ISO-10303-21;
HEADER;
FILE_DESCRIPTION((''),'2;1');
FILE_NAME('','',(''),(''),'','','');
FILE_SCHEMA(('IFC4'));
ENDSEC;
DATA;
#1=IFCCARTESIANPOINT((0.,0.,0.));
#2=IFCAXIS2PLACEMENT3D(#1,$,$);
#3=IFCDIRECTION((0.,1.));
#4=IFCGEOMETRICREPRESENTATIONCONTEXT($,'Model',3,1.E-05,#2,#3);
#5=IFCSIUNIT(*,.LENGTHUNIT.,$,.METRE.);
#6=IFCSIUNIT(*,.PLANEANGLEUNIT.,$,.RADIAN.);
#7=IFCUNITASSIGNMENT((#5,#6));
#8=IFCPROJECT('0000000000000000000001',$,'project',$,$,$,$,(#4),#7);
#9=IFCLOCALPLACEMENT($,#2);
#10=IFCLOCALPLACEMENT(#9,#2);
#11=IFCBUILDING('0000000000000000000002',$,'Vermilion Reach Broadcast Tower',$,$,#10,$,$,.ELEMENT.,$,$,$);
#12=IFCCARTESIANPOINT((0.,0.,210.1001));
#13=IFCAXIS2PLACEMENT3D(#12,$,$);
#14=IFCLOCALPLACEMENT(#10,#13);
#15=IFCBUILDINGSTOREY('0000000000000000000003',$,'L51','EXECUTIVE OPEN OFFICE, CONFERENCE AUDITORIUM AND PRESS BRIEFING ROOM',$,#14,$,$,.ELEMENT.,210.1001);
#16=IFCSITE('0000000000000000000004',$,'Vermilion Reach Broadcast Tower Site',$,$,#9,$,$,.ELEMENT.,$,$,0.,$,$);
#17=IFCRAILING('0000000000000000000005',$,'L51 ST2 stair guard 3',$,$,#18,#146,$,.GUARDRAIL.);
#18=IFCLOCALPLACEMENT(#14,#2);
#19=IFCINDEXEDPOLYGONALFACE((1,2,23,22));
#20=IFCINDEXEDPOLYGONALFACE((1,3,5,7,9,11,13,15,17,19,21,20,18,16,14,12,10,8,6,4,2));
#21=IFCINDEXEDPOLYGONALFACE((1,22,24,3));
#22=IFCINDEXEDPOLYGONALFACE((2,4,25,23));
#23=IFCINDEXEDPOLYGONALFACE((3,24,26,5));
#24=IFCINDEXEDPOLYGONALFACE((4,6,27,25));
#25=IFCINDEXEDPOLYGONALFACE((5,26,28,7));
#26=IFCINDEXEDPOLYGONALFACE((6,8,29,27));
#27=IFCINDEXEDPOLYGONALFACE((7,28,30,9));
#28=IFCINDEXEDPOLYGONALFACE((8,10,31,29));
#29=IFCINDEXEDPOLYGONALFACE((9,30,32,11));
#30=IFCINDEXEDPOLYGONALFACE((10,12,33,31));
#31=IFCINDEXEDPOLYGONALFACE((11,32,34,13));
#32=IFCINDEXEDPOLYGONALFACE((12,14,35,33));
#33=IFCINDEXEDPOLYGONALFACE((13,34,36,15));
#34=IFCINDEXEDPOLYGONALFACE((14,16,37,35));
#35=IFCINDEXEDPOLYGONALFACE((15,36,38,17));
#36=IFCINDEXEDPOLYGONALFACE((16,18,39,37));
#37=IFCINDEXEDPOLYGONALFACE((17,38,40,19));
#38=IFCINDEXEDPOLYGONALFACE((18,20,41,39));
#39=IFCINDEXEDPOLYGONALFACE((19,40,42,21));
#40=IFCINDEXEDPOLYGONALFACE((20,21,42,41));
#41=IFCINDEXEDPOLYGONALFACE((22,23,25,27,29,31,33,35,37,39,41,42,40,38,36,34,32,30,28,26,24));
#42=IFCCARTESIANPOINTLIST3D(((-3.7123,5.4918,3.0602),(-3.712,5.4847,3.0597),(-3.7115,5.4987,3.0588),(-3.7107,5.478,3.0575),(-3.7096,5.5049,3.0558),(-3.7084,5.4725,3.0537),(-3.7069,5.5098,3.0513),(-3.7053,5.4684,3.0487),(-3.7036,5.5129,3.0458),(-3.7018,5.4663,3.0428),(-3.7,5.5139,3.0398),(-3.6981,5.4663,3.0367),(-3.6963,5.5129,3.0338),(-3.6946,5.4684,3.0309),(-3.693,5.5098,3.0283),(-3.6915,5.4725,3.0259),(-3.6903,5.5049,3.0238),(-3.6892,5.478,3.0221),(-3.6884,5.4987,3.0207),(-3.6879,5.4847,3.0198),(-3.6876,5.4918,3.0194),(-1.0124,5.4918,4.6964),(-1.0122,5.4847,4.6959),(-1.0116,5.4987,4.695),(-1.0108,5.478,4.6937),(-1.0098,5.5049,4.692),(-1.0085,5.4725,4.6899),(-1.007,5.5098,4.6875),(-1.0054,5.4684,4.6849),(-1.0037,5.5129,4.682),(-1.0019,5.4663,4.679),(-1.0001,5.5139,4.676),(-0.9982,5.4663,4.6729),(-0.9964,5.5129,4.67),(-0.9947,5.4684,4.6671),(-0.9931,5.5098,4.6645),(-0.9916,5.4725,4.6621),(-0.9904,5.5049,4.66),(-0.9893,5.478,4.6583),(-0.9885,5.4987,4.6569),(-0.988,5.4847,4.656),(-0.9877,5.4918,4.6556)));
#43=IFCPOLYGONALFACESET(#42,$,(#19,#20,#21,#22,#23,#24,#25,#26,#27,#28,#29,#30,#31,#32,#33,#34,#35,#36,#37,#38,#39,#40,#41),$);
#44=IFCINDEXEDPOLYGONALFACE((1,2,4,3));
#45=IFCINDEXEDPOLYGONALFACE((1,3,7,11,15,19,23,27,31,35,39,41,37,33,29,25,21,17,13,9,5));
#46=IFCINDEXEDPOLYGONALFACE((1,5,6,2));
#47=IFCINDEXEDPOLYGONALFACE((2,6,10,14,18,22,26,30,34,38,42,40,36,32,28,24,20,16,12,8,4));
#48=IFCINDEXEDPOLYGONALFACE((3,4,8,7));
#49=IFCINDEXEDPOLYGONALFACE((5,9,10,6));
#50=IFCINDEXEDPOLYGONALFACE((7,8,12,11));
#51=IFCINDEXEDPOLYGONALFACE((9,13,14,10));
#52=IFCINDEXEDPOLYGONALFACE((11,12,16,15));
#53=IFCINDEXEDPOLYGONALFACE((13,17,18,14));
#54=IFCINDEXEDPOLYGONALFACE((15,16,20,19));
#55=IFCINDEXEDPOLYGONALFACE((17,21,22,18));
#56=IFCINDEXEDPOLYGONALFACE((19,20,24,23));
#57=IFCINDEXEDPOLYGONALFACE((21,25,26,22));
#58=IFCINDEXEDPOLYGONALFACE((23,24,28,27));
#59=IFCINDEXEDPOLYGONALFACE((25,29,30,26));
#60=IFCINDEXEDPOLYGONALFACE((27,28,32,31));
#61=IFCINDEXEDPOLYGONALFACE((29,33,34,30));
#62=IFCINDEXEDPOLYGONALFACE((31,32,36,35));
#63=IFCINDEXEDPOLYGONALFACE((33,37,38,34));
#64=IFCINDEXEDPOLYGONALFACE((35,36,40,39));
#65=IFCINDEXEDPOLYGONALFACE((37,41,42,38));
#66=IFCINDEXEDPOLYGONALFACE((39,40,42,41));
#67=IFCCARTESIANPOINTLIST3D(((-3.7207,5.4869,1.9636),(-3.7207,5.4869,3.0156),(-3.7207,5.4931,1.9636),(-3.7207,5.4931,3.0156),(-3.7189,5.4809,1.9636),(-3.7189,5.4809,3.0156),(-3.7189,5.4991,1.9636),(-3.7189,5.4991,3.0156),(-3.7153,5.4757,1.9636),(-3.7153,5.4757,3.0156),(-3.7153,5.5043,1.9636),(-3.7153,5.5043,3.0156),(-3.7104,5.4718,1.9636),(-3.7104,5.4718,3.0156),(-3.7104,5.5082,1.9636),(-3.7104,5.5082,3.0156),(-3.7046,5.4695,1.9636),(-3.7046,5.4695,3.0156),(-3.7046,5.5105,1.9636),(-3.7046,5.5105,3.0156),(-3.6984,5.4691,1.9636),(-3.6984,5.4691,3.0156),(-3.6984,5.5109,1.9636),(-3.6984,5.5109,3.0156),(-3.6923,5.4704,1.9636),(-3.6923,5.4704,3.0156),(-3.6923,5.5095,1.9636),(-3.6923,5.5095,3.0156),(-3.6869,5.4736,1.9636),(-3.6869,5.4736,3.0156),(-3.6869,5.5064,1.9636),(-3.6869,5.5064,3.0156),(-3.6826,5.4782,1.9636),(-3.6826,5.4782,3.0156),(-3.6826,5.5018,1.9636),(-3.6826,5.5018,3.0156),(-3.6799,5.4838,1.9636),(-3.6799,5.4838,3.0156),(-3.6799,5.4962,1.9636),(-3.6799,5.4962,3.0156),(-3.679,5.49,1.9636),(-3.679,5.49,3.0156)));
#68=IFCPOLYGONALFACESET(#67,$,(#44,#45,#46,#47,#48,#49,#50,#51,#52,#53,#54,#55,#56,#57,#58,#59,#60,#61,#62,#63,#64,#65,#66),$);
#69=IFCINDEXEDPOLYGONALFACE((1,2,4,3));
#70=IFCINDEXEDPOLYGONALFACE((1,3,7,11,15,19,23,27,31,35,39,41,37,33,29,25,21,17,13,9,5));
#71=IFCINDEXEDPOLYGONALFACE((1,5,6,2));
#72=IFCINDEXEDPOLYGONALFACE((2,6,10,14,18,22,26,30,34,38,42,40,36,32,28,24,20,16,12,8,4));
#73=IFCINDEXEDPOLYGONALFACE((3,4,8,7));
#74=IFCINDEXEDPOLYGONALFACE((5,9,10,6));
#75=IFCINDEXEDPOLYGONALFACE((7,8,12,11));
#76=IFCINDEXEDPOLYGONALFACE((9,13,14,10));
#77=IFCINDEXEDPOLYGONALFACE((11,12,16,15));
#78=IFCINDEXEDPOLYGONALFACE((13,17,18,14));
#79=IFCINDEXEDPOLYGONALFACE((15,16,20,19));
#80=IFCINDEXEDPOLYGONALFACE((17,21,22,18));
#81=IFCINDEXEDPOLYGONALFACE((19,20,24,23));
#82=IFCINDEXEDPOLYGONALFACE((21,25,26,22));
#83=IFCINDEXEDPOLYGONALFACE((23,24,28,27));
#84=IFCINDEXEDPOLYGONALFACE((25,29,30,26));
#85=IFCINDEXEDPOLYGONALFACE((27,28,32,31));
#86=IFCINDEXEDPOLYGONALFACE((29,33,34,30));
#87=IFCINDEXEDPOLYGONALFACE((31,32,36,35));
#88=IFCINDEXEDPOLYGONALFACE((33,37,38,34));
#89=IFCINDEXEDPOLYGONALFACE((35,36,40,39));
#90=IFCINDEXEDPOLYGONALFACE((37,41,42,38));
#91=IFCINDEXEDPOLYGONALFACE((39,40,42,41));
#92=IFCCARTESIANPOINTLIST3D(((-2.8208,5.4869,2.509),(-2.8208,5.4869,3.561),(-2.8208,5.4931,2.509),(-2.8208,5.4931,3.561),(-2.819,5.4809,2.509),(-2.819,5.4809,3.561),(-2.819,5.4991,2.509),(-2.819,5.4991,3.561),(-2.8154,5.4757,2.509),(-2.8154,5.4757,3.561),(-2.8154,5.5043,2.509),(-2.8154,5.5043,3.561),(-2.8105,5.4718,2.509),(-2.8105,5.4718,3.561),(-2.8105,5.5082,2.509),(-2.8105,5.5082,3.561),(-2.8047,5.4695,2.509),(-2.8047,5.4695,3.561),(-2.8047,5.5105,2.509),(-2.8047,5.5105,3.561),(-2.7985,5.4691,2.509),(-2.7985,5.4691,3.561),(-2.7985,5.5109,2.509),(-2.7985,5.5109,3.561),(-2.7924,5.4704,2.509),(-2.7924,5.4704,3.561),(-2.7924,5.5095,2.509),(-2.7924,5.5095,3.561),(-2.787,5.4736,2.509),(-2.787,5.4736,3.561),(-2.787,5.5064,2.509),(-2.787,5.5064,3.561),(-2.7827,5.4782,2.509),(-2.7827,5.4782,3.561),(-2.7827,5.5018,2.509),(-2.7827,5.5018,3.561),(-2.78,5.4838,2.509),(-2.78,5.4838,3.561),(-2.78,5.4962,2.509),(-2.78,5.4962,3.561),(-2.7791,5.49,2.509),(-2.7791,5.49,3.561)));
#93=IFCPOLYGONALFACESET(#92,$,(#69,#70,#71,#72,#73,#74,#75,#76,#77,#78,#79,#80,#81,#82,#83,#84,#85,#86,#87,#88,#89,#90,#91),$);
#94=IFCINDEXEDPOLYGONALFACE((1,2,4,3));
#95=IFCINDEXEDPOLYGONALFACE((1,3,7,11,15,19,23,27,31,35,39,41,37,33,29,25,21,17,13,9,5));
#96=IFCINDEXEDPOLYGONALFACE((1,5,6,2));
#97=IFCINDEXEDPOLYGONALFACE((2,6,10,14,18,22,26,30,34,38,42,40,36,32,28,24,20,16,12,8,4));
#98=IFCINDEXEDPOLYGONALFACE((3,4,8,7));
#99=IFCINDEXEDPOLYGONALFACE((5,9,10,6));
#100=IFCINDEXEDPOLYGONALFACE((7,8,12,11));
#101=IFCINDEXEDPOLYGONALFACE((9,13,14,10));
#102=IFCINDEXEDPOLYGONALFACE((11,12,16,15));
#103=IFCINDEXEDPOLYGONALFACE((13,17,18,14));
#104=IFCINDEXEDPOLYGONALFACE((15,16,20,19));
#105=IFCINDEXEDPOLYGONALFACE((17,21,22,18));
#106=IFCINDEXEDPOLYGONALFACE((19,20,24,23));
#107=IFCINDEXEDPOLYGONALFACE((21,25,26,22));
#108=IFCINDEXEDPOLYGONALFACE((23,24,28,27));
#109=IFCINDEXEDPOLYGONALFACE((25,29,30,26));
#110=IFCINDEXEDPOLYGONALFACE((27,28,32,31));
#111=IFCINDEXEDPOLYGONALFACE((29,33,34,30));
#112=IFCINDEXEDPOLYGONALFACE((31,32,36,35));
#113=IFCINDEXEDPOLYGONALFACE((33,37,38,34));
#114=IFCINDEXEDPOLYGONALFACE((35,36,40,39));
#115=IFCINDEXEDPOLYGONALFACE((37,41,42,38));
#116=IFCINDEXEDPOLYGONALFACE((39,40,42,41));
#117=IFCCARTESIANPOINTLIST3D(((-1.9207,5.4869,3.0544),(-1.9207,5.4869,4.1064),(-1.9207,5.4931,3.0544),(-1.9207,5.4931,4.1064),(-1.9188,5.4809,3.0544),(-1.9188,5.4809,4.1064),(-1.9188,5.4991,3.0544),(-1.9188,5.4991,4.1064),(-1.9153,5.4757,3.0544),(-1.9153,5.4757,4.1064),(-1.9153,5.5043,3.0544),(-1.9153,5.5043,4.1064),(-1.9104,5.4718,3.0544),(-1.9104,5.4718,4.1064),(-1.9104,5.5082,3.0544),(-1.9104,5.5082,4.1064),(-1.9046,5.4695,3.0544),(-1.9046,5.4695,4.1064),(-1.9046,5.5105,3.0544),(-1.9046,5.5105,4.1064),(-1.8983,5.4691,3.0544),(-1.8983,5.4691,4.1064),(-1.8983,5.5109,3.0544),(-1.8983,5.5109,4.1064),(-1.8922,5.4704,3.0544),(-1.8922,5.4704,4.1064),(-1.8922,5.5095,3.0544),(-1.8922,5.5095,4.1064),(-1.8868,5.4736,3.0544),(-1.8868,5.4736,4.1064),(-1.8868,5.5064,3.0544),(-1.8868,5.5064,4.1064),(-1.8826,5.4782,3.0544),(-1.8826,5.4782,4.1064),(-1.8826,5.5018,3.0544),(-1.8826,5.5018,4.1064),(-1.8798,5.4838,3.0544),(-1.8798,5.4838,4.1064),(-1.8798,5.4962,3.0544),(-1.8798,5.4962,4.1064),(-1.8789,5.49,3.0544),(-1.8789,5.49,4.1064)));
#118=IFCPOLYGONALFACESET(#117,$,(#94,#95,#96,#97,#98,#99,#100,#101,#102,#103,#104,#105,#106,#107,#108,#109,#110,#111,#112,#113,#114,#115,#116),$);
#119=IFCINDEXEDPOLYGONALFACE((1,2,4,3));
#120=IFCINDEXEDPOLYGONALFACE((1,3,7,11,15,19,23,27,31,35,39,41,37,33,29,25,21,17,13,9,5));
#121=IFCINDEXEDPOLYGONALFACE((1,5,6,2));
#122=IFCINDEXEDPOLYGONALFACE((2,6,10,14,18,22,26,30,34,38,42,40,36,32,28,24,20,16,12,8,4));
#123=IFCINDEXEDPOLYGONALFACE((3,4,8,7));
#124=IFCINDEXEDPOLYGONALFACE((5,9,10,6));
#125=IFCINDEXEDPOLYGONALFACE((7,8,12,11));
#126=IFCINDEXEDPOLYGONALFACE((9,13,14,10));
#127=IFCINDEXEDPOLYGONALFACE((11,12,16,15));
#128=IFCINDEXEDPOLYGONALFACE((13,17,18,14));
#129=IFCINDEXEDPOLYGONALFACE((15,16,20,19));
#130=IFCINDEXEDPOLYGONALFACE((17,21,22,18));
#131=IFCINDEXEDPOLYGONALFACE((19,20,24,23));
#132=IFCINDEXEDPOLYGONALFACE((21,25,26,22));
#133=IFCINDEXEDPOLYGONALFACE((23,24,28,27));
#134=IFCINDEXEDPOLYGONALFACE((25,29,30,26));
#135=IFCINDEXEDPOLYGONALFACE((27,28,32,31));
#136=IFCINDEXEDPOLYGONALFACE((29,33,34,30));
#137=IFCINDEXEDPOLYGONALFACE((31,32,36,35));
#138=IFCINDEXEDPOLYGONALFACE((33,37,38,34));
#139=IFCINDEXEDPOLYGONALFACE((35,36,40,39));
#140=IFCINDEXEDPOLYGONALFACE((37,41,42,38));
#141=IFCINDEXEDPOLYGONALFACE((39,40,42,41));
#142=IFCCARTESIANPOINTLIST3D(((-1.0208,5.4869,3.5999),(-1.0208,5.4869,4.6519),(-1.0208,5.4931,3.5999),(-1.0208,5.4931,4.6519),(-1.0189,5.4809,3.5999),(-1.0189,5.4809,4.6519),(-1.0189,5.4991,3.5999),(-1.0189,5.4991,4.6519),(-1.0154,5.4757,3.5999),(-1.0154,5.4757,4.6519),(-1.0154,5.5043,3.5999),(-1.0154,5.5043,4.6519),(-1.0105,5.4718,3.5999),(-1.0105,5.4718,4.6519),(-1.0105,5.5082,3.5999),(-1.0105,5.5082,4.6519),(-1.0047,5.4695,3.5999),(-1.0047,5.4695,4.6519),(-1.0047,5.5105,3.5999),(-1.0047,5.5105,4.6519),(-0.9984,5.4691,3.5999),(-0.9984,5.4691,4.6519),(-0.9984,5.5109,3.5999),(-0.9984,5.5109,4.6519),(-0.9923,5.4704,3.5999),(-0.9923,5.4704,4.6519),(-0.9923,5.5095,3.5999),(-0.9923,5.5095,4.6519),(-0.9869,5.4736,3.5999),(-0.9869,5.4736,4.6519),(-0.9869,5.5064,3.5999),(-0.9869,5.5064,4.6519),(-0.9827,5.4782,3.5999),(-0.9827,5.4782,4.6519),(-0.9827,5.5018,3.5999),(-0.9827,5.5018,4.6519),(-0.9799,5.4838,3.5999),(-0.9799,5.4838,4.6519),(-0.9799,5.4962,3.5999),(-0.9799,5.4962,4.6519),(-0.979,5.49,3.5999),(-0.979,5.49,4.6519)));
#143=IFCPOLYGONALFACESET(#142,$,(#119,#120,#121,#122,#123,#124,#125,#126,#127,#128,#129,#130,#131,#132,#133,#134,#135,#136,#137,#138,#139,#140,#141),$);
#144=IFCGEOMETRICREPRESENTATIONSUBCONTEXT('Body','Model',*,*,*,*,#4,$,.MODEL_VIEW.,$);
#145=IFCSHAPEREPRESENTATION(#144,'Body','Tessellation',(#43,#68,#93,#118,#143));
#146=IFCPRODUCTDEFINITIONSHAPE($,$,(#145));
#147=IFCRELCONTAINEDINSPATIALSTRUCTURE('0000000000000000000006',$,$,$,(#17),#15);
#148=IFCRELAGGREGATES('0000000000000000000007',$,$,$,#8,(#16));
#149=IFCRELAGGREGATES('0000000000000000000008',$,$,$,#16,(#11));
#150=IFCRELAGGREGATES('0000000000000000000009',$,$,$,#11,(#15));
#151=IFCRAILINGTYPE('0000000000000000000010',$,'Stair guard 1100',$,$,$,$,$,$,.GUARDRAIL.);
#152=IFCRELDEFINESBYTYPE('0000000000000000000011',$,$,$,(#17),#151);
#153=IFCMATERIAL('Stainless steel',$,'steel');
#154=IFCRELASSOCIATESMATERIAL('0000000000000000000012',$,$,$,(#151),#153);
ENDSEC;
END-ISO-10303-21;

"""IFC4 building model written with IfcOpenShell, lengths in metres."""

from ifc_helpers import new_model, si_unit, direction, frame, origin, origin_2d, place, context, subcontext, project, spatial, circle, extrude, material, type_object, element, save


model = new_model("IFC4")

# Units and contexts
model_context = context("Model", 3, precision=1e-05, world=origin(), true_north=direction((0.0, 1.0)))
body_context = subcontext(model_context, "Body", "Model", "MODEL_VIEW")
ifc_project = project(units=[si_unit("LENGTHUNIT", "METRE"), si_unit("PLANEANGLEUNIT", "RADIAN")], contexts=[model_context])

# Site, building, storey
site_placement = place(None, origin())
site = spatial("IfcSite", under=ifc_project, at=site_placement, Name="Vermilion Reach Broadcast Tower Site", CompositionType="ELEMENT", RefElevation=0.0)
building_placement = place(site_placement, origin())
building = spatial("IfcBuilding", under=site, at=building_placement, Name="Vermilion Reach Broadcast Tower", CompositionType="ELEMENT")
storey_placement = place(building_placement, frame((0.0, 0.0, 210.1001)))
storey = spatial("IfcBuildingStorey", under=building, at=storey_placement, Name="L51", Description="EXECUTIVE OPEN OFFICE, CONFERENCE AUDITORIUM AND PRESS BRIEFING ROOM", CompositionType="ELEMENT", Elevation=210.1001)

# Railing
ifc_material_1 = material(Name="Stainless steel", Category="steel")
railing_type_1 = type_object("IfcRailingType", Name="Stair guard 1100", PredefinedType="GUARDRAIL", material=ifc_material_1)
railing_1_placement = place(storey_placement, frame((-3.7, 5.49, 1.9636)))
element("IfcRailing", 1, at=railing_1_placement, inside=storey, type_object=railing_type_1, Name="L51 ST2 stair guard 3", PredefinedType="GUARDRAIL", context=body_context, shape_type="SweptSolid", body=[
    extrude(circle(Radius=0.0239, at=origin_2d()), frame((0.0, 0.0, 1.0762), z_axis=(0.855212, 0.0, 0.518278), x_axis=(0.0, 1.0, 0.0)), (0.0, 0.0, 1.0), 3.157),
    extrude(circle(Radius=0.021, at=origin_2d()), origin(), (0.0, 0.0, 1.0), 1.052),
    extrude(circle(Radius=0.021, at=origin_2d()), frame((0.8999, 0.0, 0.5454)), (0.0, 0.0, 1.0), 1.052),
    extrude(circle(Radius=0.021, at=origin_2d()), frame((1.8, 0.0, 1.0908)), (0.0, 0.0, 1.0), 1.052),
    extrude(circle(Radius=0.021, at=origin_2d()), frame((2.7, 0.0, 1.6362)), (0.0, 0.0, 1.0), 1.052),
])

save(model, "model.ifc")
